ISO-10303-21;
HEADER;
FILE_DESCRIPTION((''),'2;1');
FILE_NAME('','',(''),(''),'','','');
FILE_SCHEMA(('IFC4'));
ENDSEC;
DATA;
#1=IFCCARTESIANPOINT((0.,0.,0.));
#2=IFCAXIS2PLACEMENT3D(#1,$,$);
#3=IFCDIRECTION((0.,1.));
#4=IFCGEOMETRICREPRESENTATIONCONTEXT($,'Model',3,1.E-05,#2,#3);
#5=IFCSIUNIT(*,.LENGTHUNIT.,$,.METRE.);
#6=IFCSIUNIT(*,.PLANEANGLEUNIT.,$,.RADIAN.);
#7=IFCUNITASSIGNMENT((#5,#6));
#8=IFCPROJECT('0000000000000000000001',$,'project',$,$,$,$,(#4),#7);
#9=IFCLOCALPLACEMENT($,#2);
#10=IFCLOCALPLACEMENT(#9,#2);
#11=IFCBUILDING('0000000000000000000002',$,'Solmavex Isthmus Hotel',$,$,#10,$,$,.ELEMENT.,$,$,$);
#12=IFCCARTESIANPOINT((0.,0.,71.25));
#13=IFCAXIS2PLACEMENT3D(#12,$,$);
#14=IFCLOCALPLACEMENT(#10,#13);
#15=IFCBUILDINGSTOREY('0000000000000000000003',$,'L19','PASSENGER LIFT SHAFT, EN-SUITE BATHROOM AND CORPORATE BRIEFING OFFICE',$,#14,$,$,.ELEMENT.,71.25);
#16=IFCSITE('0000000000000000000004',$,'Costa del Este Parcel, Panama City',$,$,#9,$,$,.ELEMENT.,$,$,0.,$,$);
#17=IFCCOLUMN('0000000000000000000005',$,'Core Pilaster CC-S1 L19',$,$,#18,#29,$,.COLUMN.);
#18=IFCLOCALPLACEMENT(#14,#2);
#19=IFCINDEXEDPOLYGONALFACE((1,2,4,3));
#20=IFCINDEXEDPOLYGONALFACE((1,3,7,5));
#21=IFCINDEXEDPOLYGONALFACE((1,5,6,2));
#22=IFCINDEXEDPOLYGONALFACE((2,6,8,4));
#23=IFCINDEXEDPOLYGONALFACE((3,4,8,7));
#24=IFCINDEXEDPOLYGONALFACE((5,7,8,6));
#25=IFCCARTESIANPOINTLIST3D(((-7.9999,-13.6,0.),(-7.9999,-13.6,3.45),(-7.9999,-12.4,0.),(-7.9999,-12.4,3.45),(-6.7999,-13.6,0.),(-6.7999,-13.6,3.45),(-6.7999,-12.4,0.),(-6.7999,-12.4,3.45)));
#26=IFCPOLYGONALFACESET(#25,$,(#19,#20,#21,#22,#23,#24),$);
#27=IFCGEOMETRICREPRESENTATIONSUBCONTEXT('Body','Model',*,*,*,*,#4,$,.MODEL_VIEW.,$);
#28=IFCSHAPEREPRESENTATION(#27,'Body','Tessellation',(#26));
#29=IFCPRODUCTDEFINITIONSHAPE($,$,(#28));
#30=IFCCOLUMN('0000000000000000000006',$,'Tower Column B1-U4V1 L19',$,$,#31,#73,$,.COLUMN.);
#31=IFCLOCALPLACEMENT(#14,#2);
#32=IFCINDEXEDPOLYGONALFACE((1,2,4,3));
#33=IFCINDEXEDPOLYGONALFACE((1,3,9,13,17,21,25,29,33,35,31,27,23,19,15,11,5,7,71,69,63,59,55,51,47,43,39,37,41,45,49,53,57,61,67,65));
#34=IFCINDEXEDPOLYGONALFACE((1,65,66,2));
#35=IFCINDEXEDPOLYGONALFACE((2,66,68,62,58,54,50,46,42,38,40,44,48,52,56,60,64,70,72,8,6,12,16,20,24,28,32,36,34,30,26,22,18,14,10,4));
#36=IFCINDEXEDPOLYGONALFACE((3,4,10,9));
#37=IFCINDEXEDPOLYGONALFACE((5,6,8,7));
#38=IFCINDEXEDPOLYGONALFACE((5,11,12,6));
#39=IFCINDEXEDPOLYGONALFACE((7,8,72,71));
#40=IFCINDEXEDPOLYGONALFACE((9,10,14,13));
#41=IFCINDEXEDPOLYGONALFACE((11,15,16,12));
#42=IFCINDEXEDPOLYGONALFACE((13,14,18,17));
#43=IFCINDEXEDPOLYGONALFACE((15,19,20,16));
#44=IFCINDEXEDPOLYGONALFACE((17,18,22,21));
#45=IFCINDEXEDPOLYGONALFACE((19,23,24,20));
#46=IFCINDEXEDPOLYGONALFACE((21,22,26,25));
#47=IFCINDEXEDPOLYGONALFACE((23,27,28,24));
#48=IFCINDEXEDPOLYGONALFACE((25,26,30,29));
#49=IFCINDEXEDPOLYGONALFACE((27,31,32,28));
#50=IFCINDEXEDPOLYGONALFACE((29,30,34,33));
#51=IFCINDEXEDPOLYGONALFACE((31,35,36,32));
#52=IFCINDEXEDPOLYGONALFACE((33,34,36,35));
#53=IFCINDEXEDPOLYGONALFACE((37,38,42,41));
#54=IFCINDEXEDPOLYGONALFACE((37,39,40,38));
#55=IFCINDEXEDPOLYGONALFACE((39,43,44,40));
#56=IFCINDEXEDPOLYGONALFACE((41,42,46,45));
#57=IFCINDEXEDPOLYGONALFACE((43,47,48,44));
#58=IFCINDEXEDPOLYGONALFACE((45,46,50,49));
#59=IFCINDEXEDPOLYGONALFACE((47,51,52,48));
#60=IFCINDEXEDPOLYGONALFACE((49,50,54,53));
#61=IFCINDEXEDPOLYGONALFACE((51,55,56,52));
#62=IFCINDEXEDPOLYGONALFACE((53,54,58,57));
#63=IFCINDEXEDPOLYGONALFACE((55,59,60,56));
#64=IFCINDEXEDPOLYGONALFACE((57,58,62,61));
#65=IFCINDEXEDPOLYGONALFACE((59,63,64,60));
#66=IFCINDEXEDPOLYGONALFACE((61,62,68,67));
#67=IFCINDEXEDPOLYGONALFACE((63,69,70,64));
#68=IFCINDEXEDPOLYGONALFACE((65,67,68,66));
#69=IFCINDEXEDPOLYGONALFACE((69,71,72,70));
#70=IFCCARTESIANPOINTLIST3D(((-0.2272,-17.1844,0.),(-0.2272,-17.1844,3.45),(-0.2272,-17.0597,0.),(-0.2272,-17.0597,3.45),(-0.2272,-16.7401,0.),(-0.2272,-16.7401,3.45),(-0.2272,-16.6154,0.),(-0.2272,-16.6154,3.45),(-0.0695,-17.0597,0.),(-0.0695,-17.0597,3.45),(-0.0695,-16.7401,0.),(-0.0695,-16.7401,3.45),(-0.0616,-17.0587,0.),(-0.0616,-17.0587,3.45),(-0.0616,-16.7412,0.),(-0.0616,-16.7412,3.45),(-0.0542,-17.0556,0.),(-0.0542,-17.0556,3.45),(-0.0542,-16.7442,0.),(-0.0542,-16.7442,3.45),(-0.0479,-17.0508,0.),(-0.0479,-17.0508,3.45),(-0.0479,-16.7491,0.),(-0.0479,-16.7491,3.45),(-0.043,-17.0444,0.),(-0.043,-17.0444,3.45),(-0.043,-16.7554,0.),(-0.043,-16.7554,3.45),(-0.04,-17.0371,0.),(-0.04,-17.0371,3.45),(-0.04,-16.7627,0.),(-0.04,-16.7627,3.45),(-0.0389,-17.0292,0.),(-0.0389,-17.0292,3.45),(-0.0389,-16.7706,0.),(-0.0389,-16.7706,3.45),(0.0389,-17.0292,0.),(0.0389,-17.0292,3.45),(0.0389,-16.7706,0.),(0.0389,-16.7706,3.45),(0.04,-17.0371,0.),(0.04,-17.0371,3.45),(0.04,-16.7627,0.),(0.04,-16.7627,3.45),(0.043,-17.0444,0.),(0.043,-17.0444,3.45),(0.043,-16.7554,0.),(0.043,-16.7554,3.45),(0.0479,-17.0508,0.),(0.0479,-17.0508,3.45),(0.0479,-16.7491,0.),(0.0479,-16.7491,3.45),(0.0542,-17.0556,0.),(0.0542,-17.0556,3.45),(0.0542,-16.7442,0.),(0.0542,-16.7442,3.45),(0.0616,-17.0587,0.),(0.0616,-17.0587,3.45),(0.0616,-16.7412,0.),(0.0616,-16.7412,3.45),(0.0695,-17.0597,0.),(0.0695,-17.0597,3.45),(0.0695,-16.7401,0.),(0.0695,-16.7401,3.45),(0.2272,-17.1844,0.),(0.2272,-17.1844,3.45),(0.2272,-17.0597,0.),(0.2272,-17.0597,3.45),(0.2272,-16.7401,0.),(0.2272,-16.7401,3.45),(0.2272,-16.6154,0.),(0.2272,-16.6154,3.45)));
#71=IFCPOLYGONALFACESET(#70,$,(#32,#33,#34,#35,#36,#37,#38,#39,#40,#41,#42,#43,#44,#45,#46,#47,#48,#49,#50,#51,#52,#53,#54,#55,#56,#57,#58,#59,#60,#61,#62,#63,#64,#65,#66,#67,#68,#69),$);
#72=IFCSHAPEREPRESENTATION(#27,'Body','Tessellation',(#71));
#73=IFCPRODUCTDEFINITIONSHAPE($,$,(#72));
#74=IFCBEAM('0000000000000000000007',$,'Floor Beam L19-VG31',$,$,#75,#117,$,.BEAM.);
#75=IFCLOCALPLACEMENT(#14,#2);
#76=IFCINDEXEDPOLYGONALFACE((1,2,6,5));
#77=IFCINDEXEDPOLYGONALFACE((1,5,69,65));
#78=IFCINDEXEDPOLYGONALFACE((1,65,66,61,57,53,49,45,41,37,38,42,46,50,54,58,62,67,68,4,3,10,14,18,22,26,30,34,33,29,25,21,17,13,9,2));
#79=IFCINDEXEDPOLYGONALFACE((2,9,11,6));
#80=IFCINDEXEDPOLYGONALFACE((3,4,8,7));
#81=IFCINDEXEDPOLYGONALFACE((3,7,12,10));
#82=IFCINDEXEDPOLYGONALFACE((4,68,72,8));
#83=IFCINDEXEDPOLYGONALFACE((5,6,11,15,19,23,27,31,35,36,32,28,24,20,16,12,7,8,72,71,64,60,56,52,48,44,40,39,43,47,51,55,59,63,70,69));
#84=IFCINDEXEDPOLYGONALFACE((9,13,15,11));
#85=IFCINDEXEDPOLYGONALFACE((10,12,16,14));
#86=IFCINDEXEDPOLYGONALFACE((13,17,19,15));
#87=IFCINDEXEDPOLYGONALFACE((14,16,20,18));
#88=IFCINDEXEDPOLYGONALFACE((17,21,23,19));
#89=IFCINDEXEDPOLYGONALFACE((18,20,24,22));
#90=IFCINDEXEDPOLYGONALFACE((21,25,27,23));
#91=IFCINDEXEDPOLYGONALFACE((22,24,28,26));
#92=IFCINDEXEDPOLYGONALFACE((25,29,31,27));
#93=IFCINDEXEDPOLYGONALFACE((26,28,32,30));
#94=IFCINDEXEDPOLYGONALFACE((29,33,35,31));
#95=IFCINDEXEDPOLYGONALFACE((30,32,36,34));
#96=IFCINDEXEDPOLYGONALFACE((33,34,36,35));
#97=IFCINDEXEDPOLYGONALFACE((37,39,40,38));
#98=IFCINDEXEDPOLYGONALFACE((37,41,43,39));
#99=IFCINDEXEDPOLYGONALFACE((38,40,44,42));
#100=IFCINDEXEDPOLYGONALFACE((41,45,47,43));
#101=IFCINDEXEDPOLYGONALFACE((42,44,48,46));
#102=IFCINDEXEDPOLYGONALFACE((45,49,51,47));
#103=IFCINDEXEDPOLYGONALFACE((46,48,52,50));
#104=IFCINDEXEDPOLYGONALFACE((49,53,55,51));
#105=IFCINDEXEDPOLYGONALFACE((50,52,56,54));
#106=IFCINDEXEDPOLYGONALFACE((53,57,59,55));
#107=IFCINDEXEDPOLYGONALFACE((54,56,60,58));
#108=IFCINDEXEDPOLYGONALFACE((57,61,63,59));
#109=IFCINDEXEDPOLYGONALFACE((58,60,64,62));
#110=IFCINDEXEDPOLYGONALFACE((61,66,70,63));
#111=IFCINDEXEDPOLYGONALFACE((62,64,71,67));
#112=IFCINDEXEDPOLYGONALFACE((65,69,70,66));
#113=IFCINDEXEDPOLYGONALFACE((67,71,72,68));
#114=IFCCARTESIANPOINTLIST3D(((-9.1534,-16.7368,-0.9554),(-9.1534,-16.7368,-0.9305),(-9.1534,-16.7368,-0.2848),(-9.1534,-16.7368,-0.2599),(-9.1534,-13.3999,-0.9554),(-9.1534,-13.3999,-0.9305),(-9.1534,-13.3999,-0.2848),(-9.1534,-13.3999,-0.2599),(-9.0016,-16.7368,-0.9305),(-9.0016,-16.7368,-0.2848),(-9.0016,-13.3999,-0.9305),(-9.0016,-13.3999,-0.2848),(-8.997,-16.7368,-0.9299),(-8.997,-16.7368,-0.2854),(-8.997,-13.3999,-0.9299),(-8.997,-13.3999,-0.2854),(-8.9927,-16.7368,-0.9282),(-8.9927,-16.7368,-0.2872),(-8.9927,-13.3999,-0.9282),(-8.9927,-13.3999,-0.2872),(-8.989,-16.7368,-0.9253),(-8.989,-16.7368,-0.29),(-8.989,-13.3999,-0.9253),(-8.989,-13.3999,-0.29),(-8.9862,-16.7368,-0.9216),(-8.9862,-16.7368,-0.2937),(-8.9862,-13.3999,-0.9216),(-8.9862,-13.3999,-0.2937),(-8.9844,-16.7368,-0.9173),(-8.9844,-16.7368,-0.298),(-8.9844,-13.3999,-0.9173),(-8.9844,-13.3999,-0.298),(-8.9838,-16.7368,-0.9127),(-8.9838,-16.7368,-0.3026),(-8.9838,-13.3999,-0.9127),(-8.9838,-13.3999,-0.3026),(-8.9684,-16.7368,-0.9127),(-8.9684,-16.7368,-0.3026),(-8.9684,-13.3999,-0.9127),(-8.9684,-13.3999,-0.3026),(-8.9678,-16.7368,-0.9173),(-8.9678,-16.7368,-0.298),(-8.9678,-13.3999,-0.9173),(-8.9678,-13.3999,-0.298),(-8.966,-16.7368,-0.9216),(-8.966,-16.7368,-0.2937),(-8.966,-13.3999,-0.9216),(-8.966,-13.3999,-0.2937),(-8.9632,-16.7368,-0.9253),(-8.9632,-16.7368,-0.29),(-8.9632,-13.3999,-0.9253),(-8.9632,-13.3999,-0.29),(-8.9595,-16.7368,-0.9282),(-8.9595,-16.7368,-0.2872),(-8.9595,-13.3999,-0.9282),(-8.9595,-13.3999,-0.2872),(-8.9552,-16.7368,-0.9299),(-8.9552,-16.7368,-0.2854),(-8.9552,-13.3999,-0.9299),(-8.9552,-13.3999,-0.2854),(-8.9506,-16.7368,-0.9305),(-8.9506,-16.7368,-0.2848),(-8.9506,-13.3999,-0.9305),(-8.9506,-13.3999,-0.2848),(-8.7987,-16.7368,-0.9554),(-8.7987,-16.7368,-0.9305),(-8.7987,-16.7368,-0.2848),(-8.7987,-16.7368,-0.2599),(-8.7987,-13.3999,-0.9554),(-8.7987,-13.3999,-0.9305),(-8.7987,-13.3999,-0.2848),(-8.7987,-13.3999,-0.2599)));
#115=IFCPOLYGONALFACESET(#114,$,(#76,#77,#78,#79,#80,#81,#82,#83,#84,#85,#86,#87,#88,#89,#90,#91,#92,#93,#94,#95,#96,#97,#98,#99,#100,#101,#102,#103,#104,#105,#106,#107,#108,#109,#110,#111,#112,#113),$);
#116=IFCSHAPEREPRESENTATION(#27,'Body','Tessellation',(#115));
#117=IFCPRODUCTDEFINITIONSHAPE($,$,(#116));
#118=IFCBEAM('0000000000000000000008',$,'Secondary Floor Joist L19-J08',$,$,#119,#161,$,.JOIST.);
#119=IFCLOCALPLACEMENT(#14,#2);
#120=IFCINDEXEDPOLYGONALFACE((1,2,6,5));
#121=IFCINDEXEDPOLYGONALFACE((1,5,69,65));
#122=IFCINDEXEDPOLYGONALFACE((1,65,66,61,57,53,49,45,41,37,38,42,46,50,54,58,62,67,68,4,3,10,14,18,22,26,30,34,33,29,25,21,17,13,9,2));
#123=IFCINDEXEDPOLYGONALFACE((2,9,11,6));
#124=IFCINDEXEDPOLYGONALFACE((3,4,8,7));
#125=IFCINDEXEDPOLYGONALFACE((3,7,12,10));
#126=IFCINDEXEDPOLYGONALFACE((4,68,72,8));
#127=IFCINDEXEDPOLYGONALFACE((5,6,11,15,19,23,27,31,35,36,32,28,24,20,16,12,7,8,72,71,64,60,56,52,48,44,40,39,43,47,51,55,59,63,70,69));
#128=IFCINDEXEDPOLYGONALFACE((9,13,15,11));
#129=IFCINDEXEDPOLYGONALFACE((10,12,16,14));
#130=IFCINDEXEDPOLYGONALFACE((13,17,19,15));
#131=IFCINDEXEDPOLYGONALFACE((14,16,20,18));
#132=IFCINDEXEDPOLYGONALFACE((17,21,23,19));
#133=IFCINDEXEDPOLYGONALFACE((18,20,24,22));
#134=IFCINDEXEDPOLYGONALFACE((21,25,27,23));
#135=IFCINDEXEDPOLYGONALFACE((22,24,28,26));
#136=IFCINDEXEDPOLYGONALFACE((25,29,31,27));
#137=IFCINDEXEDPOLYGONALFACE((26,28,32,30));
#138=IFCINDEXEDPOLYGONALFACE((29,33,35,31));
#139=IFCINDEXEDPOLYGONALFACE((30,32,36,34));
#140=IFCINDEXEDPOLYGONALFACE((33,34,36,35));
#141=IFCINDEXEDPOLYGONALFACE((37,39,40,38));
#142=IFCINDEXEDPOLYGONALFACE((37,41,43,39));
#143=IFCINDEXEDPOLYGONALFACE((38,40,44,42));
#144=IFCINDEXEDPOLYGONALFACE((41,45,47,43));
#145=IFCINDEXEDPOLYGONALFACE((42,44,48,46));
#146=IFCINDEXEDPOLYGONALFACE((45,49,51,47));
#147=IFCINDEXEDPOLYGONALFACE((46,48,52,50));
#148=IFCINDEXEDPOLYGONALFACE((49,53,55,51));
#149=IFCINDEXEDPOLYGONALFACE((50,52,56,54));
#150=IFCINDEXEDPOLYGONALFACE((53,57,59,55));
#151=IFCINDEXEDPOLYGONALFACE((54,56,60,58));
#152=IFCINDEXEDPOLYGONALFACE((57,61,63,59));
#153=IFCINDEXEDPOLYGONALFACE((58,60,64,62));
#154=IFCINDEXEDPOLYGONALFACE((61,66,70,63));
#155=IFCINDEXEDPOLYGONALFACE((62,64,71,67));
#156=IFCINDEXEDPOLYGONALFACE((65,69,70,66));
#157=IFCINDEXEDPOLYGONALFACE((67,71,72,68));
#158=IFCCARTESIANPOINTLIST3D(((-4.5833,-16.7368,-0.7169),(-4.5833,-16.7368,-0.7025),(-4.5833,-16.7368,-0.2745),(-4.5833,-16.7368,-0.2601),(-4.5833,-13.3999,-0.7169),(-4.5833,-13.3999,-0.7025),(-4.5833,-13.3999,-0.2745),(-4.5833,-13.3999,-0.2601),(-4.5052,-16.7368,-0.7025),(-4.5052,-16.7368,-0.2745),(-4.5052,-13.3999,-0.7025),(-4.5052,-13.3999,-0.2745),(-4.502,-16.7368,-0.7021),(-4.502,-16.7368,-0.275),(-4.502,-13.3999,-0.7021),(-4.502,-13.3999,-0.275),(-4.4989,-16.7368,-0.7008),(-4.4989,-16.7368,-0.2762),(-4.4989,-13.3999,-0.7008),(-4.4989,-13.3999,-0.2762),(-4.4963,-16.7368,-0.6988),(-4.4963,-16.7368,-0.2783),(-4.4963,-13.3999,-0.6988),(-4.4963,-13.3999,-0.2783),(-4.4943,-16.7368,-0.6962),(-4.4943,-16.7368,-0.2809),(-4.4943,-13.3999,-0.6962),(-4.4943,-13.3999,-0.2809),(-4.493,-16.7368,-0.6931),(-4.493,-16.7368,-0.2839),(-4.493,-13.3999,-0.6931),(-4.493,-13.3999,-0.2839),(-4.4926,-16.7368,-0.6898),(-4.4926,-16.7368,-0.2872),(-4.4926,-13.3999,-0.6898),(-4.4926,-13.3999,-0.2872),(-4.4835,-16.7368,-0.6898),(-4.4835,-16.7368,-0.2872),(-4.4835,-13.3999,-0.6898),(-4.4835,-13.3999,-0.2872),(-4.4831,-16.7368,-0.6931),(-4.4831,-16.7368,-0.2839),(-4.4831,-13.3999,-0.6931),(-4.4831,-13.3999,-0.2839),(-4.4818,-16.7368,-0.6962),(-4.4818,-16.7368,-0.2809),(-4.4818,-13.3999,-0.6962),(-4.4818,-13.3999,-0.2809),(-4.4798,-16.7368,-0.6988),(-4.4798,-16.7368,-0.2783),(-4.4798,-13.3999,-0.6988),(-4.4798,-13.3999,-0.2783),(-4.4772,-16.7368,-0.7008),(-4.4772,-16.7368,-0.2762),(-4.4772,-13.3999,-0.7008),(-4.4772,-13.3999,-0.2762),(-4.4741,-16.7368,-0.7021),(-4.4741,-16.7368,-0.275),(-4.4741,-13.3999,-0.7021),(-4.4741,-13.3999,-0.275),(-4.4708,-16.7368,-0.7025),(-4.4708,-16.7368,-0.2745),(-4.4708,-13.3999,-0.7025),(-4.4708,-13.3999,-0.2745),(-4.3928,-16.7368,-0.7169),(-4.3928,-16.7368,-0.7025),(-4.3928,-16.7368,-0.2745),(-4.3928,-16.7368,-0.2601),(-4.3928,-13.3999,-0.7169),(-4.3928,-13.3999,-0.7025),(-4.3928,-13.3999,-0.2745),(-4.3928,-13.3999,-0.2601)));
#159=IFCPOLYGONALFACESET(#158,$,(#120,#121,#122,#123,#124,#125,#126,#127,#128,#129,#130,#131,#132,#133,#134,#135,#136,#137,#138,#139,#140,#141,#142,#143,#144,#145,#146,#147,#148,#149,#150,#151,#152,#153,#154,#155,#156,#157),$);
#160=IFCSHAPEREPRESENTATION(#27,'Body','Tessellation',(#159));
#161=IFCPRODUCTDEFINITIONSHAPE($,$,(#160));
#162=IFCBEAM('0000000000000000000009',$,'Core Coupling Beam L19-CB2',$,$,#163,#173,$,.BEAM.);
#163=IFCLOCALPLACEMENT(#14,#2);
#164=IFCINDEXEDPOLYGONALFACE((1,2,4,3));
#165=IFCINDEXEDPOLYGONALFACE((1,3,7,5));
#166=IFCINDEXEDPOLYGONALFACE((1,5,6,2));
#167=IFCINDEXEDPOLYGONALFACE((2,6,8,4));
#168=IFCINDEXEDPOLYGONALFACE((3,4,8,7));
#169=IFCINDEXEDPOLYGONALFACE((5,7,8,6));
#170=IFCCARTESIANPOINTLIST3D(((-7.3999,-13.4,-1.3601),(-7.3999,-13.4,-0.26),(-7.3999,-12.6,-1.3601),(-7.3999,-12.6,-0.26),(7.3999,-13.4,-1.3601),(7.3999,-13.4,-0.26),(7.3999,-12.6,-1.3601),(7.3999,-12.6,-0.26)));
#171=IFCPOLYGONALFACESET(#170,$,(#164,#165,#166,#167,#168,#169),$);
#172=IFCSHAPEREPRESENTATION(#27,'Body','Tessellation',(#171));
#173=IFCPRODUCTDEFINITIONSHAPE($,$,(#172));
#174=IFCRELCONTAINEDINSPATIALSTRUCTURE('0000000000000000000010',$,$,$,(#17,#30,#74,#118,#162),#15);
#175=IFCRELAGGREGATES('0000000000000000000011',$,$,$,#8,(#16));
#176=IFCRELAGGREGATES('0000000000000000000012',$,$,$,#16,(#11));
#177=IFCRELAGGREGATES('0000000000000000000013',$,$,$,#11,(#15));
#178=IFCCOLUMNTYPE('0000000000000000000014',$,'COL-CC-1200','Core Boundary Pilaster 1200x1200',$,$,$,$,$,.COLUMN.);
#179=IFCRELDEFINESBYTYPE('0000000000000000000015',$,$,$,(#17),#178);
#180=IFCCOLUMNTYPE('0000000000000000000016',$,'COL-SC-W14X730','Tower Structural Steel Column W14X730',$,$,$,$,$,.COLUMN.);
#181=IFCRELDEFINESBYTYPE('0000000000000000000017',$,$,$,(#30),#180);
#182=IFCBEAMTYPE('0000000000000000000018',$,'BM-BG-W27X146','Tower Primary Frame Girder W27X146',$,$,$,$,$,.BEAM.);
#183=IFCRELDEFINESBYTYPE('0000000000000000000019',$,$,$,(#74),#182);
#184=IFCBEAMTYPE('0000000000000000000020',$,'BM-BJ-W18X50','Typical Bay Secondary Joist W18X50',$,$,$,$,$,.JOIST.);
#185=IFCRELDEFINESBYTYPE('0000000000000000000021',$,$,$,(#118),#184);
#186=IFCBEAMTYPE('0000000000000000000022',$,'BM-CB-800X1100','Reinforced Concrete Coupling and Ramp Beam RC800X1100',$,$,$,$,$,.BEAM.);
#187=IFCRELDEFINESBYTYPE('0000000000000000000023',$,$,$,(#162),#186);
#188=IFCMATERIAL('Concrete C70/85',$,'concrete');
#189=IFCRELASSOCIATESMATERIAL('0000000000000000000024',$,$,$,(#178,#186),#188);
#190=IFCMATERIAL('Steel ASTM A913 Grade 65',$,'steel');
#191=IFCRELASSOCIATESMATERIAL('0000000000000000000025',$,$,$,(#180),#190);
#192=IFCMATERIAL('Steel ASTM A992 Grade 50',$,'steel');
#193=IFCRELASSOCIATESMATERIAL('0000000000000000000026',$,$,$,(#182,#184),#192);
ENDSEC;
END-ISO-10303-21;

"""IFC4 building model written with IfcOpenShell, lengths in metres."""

from ifc_helpers import new_model, si_unit, direction, frame, origin, origin_2d, place, context, subcontext, project, spatial, rectangle, i_section, extrude, material, material_profile, profile_set, type_object, element, save


model = new_model("IFC4")

# Units and contexts
model_context = context("Model", 3, precision=1e-05, world=origin(), true_north=direction((0.0, 1.0)))
body_context = subcontext(model_context, "Body", "Model", "MODEL_VIEW")
ifc_project = project(units=[si_unit("LENGTHUNIT", "METRE"), si_unit("PLANEANGLEUNIT", "RADIAN")], contexts=[model_context])

# Site, building, storey
site_placement = place(None, origin())
site = spatial("IfcSite", under=ifc_project, at=site_placement, Name="Costa del Este Parcel, Panama City", CompositionType="ELEMENT", RefElevation=0.0)
building_placement = place(site_placement, origin())
building = spatial("IfcBuilding", under=site, at=building_placement, Name="Solmavex Isthmus Hotel", CompositionType="ELEMENT")
storey_placement = place(building_placement, frame((0.0, 0.0, 71.25)))
storey = spatial("IfcBuildingStorey", under=building, at=storey_placement, Name="L19", Description="PASSENGER LIFT SHAFT, EN-SUITE BATHROOM AND CORPORATE BRIEFING OFFICE", CompositionType="ELEMENT", Elevation=71.25)

# Columns
ifc_material_1 = material(Name="Concrete C70/85", Category="concrete")
ifc_material_profile_1 = material_profile(ifc_material_1, rectangle(XDim=1.2, YDim=1.2, at=origin_2d()), Name="RC1200X1200")
ifc_profile_set_1 = profile_set([ifc_material_profile_1], Name="Concrete C70/85")
column_type_1 = type_object("IfcColumnType", Name="COL-CC-1200", Description="Core Boundary Pilaster 1200x1200", PredefinedType="COLUMN", material=ifc_profile_set_1)
column_1_placement = place(storey_placement, frame((-7.3999, -13.0, 0.0), z_axis=(0.0, 0.0, 1.0), x_axis=(1.0, 0.0, 0.0)))
element("IfcColumn", 1, at=column_1_placement, inside=storey, type_object=column_type_1, Name="Core Pilaster CC-S1 L19", PredefinedType="COLUMN", context=body_context, shape_type="SweptSolid", body=[
    extrude(rectangle(XDim=1.2, YDim=1.2, at=origin_2d()), origin(), (0.0, 0.0, 1.0), 3.45),
])
ifc_material_2 = material(Name="Steel ASTM A913 Grade 65", Category="steel")
ifc_material_profile_2 = material_profile(ifc_material_2, i_section(OverallWidth=0.4543, OverallDepth=0.5691, WebThickness=0.0779, FlangeThickness=0.1248, FilletRadius=0.0305, at=origin_2d()), Name="W14X730")
ifc_profile_set_2 = profile_set([ifc_material_profile_2], Name="Steel ASTM A913 Grade 65")
column_type_2 = type_object("IfcColumnType", Name="COL-SC-W14X730", Description="Tower Structural Steel Column W14X730", PredefinedType="COLUMN", material=ifc_profile_set_2)
column_2_placement = place(storey_placement, frame((0.0, -16.8999, 0.0), z_axis=(0.0, 0.0, 1.0), x_axis=(1.0, 0.0, 0.0)))
element("IfcColumn", 2, at=column_2_placement, inside=storey, type_object=column_type_2, Name="Tower Column B1-U4V1 L19", PredefinedType="COLUMN", context=body_context, shape_type="SweptSolid", body=[
    extrude(i_section(OverallWidth=0.4543, OverallDepth=0.5691, WebThickness=0.0779, FlangeThickness=0.1248, FilletRadius=0.0305, at=origin_2d()), origin(), (0.0, 0.0, 1.0), 3.45),
])

# Beams
ifc_material_3 = material(Name="Steel ASTM A992 Grade 50", Category="steel")
ifc_material_profile_3 = material_profile(ifc_material_3, i_section(OverallWidth=0.3547, OverallDepth=0.6956, WebThickness=0.0154, FlangeThickness=0.0249, FilletRadius=0.0178, at=origin_2d()), Name="W27X146")
ifc_profile_set_3 = profile_set([ifc_material_profile_3], Name="Steel ASTM A992 Grade 50")
beam_type_1 = type_object("IfcBeamType", Name="BM-BG-W27X146", Description="Tower Primary Frame Girder W27X146", PredefinedType="BEAM", material=ifc_profile_set_3)
beam_1_placement = place(storey_placement, frame((-8.9761, -16.7368, -0.6077), z_axis=(0.0, 1.0, 0.0), x_axis=(-1.0, 0.0, 0.0)))
element("IfcBeam", 3, at=beam_1_placement, inside=storey, type_object=beam_type_1, Name="Floor Beam L19-VG31", PredefinedType="BEAM", context=body_context, shape_type="SweptSolid", body=[
    extrude(i_section(OverallWidth=0.3547, OverallDepth=0.6956, WebThickness=0.0154, FlangeThickness=0.0249, FilletRadius=0.0178, at=origin_2d()), origin(), (0.0, 0.0, 1.0), 3.3369),
])
ifc_material_profile_4 = material_profile(ifc_material_3, i_section(OverallWidth=0.1904, OverallDepth=0.4568, WebThickness=0.009, FlangeThickness=0.0144, FilletRadius=0.0127, at=origin_2d()), Name="W18X50")
ifc_profile_set_4 = profile_set([ifc_material_profile_4], Name="Steel ASTM A992 Grade 50")
beam_type_2 = type_object("IfcBeamType", Name="BM-BJ-W18X50", Description="Typical Bay Secondary Joist W18X50", PredefinedType="JOIST", material=ifc_profile_set_4)
beam_2_placement = place(storey_placement, frame((-4.488, -16.7368, -0.4885), z_axis=(0.0, 1.0, 0.0), x_axis=(-1.0, 0.0, 0.0)))
element("IfcBeam", 4, at=beam_2_placement, inside=storey, type_object=beam_type_2, Name="Secondary Floor Joist L19-J08", PredefinedType="JOIST", context=body_context, shape_type="SweptSolid", body=[
    extrude(i_section(OverallWidth=0.1904, OverallDepth=0.4568, WebThickness=0.009, FlangeThickness=0.0144, FilletRadius=0.0127, at=origin_2d()), origin(), (0.0, 0.0, 1.0), 3.3369),
])
ifc_material_profile_5 = material_profile(ifc_material_1, rectangle(XDim=0.8, YDim=1.1001, at=origin_2d()), Name="RC800X1100")
ifc_profile_set_5 = profile_set([ifc_material_profile_5], Name="Concrete C70/85")
beam_type_3 = type_object("IfcBeamType", Name="BM-CB-800X1100", Description="Reinforced Concrete Coupling and Ramp Beam RC800X1100", PredefinedType="BEAM", material=ifc_profile_set_5)
beam_3_placement = place(storey_placement, frame((-7.3999, -13.0, -0.8101), z_axis=(1.0, 0.0, 0.0), x_axis=(0.0, 1.0, 0.0)))
element("IfcBeam", 5, at=beam_3_placement, inside=storey, type_object=beam_type_3, Name="Core Coupling Beam L19-CB2", PredefinedType="BEAM", context=body_context, shape_type="SweptSolid", body=[
    extrude(rectangle(XDim=0.8, YDim=1.1001, at=origin_2d()), origin(), (0.0, 0.0, 1.0), 14.7998),
])

save(model, "model.ifc")
